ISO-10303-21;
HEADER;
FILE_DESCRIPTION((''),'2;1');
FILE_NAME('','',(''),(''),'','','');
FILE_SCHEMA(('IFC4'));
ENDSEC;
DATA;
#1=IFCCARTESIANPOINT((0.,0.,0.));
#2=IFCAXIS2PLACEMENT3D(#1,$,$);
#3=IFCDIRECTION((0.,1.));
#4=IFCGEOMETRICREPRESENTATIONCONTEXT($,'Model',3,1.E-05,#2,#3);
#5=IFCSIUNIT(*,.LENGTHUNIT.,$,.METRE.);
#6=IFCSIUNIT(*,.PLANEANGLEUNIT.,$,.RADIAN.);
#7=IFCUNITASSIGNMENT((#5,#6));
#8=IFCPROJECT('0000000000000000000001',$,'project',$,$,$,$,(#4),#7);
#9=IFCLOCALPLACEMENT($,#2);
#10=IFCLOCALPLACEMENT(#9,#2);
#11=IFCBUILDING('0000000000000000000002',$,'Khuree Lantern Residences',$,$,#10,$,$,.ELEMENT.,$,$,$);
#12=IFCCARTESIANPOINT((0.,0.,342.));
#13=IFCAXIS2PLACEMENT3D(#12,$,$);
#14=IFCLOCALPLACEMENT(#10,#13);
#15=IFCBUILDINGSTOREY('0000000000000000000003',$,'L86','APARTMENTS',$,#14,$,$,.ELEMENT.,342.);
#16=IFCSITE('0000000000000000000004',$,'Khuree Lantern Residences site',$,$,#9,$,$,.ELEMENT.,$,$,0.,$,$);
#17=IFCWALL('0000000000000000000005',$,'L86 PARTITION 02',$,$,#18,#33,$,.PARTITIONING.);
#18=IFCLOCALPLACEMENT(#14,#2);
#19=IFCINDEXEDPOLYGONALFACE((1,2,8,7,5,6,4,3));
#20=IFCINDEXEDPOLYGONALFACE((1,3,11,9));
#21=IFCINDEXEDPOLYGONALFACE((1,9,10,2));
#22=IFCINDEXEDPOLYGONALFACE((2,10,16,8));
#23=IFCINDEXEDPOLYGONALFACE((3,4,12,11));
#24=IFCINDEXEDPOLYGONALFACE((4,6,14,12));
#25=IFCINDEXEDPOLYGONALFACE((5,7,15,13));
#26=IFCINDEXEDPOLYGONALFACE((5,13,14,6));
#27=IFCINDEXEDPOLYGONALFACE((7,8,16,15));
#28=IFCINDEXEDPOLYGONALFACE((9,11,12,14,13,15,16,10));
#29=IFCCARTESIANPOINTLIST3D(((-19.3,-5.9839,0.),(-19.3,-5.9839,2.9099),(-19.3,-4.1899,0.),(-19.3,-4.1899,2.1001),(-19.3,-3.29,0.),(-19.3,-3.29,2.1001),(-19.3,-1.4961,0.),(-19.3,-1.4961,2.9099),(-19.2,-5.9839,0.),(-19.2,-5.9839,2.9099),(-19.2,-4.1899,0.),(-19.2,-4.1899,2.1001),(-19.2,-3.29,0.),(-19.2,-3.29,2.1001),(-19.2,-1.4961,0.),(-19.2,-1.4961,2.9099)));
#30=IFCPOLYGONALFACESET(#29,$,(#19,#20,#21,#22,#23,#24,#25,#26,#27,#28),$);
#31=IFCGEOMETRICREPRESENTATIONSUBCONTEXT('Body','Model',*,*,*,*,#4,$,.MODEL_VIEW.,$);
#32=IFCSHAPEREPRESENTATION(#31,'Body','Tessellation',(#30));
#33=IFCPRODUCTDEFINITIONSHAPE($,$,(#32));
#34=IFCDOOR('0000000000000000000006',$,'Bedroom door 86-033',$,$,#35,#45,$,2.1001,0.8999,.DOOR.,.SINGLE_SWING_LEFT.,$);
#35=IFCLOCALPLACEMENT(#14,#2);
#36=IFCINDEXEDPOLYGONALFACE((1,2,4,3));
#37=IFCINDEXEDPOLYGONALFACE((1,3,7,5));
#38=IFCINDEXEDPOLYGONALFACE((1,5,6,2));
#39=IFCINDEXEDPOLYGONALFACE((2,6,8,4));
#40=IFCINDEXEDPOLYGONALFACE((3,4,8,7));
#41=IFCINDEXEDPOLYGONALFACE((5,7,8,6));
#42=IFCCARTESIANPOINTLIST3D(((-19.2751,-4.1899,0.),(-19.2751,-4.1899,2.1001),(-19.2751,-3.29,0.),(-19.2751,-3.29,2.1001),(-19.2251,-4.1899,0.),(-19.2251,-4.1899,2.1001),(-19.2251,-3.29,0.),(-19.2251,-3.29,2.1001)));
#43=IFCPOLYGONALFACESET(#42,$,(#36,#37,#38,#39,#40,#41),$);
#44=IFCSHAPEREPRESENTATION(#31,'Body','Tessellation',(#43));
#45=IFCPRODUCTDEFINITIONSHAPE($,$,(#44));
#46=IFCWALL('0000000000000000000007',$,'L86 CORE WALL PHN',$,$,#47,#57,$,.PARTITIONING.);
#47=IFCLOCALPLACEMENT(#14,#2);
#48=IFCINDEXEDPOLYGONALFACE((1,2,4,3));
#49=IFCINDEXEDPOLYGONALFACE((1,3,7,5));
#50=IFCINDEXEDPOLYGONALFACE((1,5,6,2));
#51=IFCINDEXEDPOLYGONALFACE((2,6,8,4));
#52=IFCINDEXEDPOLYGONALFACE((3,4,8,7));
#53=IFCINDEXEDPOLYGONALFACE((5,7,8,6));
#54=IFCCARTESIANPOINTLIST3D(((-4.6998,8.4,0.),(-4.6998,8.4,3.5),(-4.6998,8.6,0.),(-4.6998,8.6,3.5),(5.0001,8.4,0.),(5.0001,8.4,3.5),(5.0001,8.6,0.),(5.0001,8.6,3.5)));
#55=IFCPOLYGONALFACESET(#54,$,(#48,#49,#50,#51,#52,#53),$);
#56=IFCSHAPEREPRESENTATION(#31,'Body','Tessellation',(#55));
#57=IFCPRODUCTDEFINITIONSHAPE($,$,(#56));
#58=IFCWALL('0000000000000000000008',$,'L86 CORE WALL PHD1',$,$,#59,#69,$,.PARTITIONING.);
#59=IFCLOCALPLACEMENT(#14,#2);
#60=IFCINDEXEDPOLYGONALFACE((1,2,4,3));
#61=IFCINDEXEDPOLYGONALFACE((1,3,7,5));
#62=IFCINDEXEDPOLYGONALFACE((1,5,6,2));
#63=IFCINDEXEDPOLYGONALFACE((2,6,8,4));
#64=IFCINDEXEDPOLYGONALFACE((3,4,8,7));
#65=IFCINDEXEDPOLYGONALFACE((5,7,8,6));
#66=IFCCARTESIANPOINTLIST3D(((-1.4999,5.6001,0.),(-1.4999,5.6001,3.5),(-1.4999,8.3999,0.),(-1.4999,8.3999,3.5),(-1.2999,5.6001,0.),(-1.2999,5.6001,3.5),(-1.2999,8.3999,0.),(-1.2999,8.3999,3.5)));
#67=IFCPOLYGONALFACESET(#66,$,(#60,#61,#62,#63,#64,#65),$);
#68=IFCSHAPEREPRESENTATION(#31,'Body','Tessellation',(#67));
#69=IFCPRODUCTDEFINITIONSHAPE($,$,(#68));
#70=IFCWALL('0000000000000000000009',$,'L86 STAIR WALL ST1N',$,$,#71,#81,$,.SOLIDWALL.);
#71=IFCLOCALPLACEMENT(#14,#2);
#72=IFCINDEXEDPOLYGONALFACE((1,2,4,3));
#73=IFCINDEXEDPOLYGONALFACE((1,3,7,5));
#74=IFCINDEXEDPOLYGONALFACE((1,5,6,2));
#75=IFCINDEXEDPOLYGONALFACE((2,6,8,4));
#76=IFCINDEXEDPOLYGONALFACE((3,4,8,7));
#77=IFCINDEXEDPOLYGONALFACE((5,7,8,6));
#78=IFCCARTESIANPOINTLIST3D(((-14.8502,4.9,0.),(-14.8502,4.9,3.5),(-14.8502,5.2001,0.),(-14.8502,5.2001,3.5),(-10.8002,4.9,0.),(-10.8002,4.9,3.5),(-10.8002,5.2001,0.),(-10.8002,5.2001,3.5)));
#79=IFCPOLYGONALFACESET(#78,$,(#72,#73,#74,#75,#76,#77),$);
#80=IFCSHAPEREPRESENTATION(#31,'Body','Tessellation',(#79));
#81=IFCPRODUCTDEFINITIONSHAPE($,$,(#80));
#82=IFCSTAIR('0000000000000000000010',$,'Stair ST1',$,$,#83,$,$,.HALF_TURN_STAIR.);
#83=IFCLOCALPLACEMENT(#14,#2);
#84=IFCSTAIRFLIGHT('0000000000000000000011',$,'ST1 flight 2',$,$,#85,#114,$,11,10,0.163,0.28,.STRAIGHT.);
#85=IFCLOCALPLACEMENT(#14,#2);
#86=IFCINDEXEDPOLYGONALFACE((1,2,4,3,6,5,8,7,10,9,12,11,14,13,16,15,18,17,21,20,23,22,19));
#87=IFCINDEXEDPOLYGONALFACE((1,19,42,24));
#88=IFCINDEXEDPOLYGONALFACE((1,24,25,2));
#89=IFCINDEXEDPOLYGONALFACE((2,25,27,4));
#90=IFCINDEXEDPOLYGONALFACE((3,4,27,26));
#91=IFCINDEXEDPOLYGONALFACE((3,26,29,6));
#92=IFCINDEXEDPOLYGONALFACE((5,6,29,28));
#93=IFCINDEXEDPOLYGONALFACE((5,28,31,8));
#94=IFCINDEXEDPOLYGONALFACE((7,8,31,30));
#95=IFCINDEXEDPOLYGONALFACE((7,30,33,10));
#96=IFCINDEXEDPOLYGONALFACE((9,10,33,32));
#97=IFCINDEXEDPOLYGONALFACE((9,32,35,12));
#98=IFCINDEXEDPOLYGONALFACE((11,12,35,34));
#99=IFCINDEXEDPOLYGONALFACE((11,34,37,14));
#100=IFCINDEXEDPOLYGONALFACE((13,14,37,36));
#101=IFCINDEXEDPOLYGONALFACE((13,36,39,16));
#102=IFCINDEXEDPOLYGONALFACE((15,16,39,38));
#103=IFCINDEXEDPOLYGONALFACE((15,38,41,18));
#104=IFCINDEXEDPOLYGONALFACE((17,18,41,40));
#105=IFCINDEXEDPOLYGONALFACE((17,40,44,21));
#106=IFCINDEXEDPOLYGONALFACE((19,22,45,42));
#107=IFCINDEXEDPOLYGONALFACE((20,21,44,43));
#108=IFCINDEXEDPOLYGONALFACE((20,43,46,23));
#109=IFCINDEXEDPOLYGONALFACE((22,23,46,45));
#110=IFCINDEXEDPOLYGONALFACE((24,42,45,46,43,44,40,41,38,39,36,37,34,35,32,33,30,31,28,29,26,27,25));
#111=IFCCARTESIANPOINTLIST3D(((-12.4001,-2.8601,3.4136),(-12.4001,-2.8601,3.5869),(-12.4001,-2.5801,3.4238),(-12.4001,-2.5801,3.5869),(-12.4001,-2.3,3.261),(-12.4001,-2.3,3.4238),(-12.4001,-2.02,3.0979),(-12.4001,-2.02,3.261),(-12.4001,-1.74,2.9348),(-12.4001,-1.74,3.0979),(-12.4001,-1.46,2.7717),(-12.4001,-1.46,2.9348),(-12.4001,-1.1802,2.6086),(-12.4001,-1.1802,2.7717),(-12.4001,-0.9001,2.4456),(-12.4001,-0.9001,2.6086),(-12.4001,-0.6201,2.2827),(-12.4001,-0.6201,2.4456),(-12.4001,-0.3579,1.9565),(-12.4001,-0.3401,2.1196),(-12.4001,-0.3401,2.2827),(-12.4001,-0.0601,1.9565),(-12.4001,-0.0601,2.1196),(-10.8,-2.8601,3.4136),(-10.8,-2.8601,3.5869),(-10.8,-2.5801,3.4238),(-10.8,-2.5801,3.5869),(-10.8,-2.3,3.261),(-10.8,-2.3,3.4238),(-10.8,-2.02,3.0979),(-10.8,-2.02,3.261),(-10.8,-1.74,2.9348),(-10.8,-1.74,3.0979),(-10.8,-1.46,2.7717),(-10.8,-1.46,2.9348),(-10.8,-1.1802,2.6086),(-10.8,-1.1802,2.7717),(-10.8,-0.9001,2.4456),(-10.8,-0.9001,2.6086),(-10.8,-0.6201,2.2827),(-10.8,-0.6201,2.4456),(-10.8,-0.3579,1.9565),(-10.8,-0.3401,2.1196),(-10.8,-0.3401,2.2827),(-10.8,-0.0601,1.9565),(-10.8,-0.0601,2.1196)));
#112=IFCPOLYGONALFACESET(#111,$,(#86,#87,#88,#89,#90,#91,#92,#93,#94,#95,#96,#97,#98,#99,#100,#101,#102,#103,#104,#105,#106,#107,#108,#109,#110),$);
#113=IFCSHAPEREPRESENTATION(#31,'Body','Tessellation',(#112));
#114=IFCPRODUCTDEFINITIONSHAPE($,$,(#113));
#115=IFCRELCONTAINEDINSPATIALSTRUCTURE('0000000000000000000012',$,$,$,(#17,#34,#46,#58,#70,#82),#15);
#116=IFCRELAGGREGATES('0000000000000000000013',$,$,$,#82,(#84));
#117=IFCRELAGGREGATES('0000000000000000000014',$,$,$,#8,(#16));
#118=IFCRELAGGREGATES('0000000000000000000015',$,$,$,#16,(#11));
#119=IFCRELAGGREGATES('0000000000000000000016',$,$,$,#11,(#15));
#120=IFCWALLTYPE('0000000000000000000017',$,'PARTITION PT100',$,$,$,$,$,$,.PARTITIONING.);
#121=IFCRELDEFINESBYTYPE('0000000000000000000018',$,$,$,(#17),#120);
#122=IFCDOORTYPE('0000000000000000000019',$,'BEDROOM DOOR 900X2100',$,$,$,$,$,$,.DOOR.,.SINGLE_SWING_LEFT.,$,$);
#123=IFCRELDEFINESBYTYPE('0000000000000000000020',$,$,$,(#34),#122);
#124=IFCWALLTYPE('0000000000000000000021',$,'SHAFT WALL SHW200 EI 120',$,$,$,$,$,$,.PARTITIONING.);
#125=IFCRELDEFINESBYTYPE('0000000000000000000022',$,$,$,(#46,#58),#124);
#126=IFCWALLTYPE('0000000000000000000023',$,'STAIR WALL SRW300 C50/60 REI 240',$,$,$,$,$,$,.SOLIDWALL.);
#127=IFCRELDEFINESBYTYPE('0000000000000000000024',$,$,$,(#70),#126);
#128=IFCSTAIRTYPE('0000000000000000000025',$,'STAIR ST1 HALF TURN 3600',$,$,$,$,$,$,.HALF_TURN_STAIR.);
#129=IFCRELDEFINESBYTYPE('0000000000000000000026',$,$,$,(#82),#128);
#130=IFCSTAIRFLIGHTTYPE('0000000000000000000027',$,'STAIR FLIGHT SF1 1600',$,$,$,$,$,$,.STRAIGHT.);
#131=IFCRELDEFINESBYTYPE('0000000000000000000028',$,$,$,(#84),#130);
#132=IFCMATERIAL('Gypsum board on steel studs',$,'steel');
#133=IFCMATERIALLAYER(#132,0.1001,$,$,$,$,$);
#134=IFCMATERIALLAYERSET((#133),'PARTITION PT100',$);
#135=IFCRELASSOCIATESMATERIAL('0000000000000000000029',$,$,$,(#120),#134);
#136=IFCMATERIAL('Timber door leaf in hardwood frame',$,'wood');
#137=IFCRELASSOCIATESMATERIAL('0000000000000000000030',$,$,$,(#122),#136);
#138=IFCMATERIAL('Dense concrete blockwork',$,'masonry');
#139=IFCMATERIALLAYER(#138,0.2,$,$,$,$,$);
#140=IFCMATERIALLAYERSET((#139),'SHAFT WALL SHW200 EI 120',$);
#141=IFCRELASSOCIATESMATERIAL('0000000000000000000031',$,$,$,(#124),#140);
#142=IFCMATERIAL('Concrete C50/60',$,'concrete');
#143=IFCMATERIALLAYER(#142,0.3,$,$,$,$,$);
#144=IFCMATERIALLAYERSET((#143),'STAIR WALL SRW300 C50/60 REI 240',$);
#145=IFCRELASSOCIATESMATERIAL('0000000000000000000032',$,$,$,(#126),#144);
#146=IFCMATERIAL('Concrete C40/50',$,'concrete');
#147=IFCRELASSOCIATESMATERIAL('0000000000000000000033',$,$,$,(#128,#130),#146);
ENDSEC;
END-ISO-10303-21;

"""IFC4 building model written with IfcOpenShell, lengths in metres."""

from ifc_helpers import new_model, si_unit, direction, frame, frame_2d, origin, place, context, subcontext, project, spatial, polyline, rectangle, outline, extrude, material, layer, layer_set, type_object, element, fill, aggregate, save


model = new_model("IFC4")

# Units and contexts
model_context = context("Model", 3, precision=1e-05, world=origin(), true_north=direction((0.0, 1.0)))
body_context = subcontext(model_context, "Body", "Model", "MODEL_VIEW")
ifc_project = project(units=[si_unit("LENGTHUNIT", "METRE"), si_unit("PLANEANGLEUNIT", "RADIAN")], contexts=[model_context])

# Site, building, storey
site_placement = place(None, origin())
site = spatial("IfcSite", under=ifc_project, at=site_placement, Name="Khuree Lantern Residences site", CompositionType="ELEMENT", RefElevation=0.0)
building_placement = place(site_placement, origin())
building = spatial("IfcBuilding", under=site, at=building_placement, Name="Khuree Lantern Residences", CompositionType="ELEMENT")
storey_placement = place(building_placement, frame((0.0, 0.0, 342.0)))
storey = spatial("IfcBuildingStorey", under=building, at=storey_placement, Name="L86", Description="APARTMENTS", CompositionType="ELEMENT", Elevation=342.0)

# Shared definitions
ifc_material_1 = material(Name="Concrete C50/60", Category="concrete")

# Shared definitions
ifc_material_2 = material(Name="Dense concrete blockwork", Category="masonry")

# Shared definitions
ifc_material_3 = material(Name="Timber door leaf in hardwood frame", Category="wood")

# Shared definitions
ifc_material_4 = material(Name="Gypsum board on steel studs", Category="steel")
ifc_layer_1 = layer(ifc_material_4, 0.1001)
ifc_layer_set_1 = layer_set([ifc_layer_1], Name="PARTITION PT100")
wall_type_1 = type_object("IfcWallType", Name="PARTITION PT100", PredefinedType="PARTITIONING", material=ifc_layer_set_1)

# Wall, opening, door
wall_1_placement = place(storey_placement, frame((-19.25, -1.4961, 0.0), z_axis=(0.0, 0.0, 1.0), x_axis=(0.0, -1.0, 0.0)))
wall_1 = element("IfcWall", 1, at=wall_1_placement, inside=storey, type_object=wall_type_1, Name="L86 PARTITION 02", PredefinedType="PARTITIONING", context=body_context, shape_type="SweptSolid", body=[
    extrude(rectangle(XDim=4.4878, YDim=0.1001, at=frame_2d((2.2439, 0.0))), origin(), (0.0, 0.0, 1.0), 2.9099),
])
opening_1_placement = place(wall_1_placement, frame((1.7939, 0.0, 0.0)))
opening_1 = element("IfcOpeningElement", 2, at=opening_1_placement, cuts=wall_1, PredefinedType="OPENING", context=body_context, shape_type="SweptSolid", body=[
    extrude(rectangle(XDim=0.8999, YDim=2.1001, at=frame_2d((0.45, 1.05))), frame((0.0, 0.0601, 0.0), z_axis=(0.0, -1.0, 0.0), x_axis=(1.0, 0.0, 0.0)), (0.0, 0.0, 1.0), 0.1201),
])
door_type_1 = type_object("IfcDoorType", Name="BEDROOM DOOR 900X2100", OperationType="SINGLE_SWING_LEFT", PredefinedType="DOOR", material=ifc_material_3)
door_1_placement = place(opening_1_placement, origin())
door_1 = element("IfcDoor", 3, at=door_1_placement, inside=storey, type_object=door_type_1, Name="Bedroom door 86-033", OperationType="SINGLE_SWING_LEFT", OverallHeight=2.1001, OverallWidth=0.8999, PredefinedType="DOOR", context=body_context, shape_type="SweptSolid", body=[
    extrude(rectangle(XDim=0.8999, YDim=2.1001, at=frame_2d((0.45, 1.05))), frame((0.0, 0.0249, 0.0), z_axis=(0.0, -1.0, 0.0), x_axis=(1.0, 0.0, 0.0)), (0.0, 0.0, 1.0), 0.05),
])
fill(opening_1, door_1)

# Walls
ifc_layer_2 = layer(ifc_material_2, 0.2)
ifc_layer_set_2 = layer_set([ifc_layer_2], Name="SHAFT WALL SHW200 EI 120")
wall_type_2 = type_object("IfcWallType", Name="SHAFT WALL SHW200 EI 120", PredefinedType="PARTITIONING", material=ifc_layer_set_2)
wall_2_placement = place(storey_placement, frame((-4.7, 8.5, 0.0), z_axis=(0.0, 0.0, 1.0), x_axis=(1.0, 0.0, 0.0)))
element("IfcWall", 4, at=wall_2_placement, inside=storey, type_object=wall_type_2, Name="L86 CORE WALL PHN", PredefinedType="PARTITIONING", context=body_context, shape_type="SweptSolid", body=[
    extrude(rectangle(XDim=9.7, YDim=0.2, at=frame_2d((4.8501, 0.0))), origin(), (0.0, 0.0, 1.0), 3.5),
])
wall_3_placement = place(storey_placement, frame((-1.3999, 5.6001, 0.0), z_axis=(0.0, 0.0, 1.0), x_axis=(0.0, 1.0, 0.0)))
element("IfcWall", 5, at=wall_3_placement, inside=storey, type_object=wall_type_2, Name="L86 CORE WALL PHD1", PredefinedType="PARTITIONING", context=body_context, shape_type="SweptSolid", body=[
    extrude(rectangle(XDim=2.7998, YDim=0.2, at=frame_2d((1.3999, 0.0))), origin(), (0.0, 0.0, 1.0), 3.5),
])
ifc_layer_3 = layer(ifc_material_1, 0.3)
ifc_layer_set_3 = layer_set([ifc_layer_3], Name="STAIR WALL SRW300 C50/60 REI 240")
wall_type_3 = type_object("IfcWallType", Name="STAIR WALL SRW300 C50/60 REI 240", PredefinedType="SOLIDWALL", material=ifc_layer_set_3)
wall_4_placement = place(storey_placement, frame((-14.8501, 5.05, 0.0), z_axis=(0.0, 0.0, 1.0), x_axis=(1.0, 0.0, 0.0)))
element("IfcWall", 6, at=wall_4_placement, inside=storey, type_object=wall_type_3, Name="L86 STAIR WALL ST1N", PredefinedType="SOLIDWALL", context=body_context, shape_type="SweptSolid", body=[
    extrude(rectangle(XDim=4.05, YDim=0.3, at=frame_2d((2.0249, 0.0))), origin(), (0.0, 0.0, 1.0), 3.5),
])

# Stair, stair flight
ifc_material_5 = material(Name="Concrete C40/50", Category="concrete")
stair_type = type_object("IfcStairType", Name="STAIR ST1 HALF TURN 3600", PredefinedType="HALF_TURN_STAIR", material=ifc_material_5)
stair_placement = place(storey_placement, origin())
stair = element("IfcStair", 7, at=stair_placement, inside=storey, type_object=stair_type, Name="Stair ST1", PredefinedType="HALF_TURN_STAIR")
stair_flight_type = type_object("IfcStairFlightType", Name="STAIR FLIGHT SF1 1600", PredefinedType="STRAIGHT", material=ifc_material_5)
stair_flight_placement = place(storey_placement, frame((-11.6001, -0.0601, 1.9565), z_axis=(0.0, 0.0, 1.0), x_axis=(0.0, -1.0, 0.0)))
stair_flight = element("IfcStairFlight", 8, at=stair_flight_placement, type_object=stair_flight_type, Name="ST1 flight 2", NumberOfRisers=11, NumberOfTreads=10, PredefinedType="STRAIGHT", RiserHeight=0.163, TreadLength=0.28, context=body_context, shape_type="SweptSolid", body=[
    extrude(outline(polyline([(0.0, 0.0), (0.0, 0.1631), (0.28, 0.1631), (0.28, 0.3262), (0.5601, 0.3262), (0.5601, 0.489), (0.8401, 0.489), (0.8401, 0.6521), (1.1201, 0.6521), (1.1201, 0.8152), (1.3999, 0.8152), (1.3999, 0.9783), (1.6799, 0.9783), (1.6799, 1.1414), (1.96, 1.1414), (1.96, 1.3044), (2.24, 1.3044), (2.24, 1.4673), (2.52, 1.4673), (2.52, 1.6304), (2.8, 1.6304), (2.8, 1.7935), (2.8, 1.457), (0.2979, 0.0), (0.0, 0.0)])), frame((0.0, 0.8, 0.0), z_axis=(0.0, -1.0, 0.0), x_axis=(1.0, 0.0, 0.0)), (0.0, 0.0, 1.0), 1.6001),
])
aggregate(stair, [stair_flight])

save(model, "model.ifc")
